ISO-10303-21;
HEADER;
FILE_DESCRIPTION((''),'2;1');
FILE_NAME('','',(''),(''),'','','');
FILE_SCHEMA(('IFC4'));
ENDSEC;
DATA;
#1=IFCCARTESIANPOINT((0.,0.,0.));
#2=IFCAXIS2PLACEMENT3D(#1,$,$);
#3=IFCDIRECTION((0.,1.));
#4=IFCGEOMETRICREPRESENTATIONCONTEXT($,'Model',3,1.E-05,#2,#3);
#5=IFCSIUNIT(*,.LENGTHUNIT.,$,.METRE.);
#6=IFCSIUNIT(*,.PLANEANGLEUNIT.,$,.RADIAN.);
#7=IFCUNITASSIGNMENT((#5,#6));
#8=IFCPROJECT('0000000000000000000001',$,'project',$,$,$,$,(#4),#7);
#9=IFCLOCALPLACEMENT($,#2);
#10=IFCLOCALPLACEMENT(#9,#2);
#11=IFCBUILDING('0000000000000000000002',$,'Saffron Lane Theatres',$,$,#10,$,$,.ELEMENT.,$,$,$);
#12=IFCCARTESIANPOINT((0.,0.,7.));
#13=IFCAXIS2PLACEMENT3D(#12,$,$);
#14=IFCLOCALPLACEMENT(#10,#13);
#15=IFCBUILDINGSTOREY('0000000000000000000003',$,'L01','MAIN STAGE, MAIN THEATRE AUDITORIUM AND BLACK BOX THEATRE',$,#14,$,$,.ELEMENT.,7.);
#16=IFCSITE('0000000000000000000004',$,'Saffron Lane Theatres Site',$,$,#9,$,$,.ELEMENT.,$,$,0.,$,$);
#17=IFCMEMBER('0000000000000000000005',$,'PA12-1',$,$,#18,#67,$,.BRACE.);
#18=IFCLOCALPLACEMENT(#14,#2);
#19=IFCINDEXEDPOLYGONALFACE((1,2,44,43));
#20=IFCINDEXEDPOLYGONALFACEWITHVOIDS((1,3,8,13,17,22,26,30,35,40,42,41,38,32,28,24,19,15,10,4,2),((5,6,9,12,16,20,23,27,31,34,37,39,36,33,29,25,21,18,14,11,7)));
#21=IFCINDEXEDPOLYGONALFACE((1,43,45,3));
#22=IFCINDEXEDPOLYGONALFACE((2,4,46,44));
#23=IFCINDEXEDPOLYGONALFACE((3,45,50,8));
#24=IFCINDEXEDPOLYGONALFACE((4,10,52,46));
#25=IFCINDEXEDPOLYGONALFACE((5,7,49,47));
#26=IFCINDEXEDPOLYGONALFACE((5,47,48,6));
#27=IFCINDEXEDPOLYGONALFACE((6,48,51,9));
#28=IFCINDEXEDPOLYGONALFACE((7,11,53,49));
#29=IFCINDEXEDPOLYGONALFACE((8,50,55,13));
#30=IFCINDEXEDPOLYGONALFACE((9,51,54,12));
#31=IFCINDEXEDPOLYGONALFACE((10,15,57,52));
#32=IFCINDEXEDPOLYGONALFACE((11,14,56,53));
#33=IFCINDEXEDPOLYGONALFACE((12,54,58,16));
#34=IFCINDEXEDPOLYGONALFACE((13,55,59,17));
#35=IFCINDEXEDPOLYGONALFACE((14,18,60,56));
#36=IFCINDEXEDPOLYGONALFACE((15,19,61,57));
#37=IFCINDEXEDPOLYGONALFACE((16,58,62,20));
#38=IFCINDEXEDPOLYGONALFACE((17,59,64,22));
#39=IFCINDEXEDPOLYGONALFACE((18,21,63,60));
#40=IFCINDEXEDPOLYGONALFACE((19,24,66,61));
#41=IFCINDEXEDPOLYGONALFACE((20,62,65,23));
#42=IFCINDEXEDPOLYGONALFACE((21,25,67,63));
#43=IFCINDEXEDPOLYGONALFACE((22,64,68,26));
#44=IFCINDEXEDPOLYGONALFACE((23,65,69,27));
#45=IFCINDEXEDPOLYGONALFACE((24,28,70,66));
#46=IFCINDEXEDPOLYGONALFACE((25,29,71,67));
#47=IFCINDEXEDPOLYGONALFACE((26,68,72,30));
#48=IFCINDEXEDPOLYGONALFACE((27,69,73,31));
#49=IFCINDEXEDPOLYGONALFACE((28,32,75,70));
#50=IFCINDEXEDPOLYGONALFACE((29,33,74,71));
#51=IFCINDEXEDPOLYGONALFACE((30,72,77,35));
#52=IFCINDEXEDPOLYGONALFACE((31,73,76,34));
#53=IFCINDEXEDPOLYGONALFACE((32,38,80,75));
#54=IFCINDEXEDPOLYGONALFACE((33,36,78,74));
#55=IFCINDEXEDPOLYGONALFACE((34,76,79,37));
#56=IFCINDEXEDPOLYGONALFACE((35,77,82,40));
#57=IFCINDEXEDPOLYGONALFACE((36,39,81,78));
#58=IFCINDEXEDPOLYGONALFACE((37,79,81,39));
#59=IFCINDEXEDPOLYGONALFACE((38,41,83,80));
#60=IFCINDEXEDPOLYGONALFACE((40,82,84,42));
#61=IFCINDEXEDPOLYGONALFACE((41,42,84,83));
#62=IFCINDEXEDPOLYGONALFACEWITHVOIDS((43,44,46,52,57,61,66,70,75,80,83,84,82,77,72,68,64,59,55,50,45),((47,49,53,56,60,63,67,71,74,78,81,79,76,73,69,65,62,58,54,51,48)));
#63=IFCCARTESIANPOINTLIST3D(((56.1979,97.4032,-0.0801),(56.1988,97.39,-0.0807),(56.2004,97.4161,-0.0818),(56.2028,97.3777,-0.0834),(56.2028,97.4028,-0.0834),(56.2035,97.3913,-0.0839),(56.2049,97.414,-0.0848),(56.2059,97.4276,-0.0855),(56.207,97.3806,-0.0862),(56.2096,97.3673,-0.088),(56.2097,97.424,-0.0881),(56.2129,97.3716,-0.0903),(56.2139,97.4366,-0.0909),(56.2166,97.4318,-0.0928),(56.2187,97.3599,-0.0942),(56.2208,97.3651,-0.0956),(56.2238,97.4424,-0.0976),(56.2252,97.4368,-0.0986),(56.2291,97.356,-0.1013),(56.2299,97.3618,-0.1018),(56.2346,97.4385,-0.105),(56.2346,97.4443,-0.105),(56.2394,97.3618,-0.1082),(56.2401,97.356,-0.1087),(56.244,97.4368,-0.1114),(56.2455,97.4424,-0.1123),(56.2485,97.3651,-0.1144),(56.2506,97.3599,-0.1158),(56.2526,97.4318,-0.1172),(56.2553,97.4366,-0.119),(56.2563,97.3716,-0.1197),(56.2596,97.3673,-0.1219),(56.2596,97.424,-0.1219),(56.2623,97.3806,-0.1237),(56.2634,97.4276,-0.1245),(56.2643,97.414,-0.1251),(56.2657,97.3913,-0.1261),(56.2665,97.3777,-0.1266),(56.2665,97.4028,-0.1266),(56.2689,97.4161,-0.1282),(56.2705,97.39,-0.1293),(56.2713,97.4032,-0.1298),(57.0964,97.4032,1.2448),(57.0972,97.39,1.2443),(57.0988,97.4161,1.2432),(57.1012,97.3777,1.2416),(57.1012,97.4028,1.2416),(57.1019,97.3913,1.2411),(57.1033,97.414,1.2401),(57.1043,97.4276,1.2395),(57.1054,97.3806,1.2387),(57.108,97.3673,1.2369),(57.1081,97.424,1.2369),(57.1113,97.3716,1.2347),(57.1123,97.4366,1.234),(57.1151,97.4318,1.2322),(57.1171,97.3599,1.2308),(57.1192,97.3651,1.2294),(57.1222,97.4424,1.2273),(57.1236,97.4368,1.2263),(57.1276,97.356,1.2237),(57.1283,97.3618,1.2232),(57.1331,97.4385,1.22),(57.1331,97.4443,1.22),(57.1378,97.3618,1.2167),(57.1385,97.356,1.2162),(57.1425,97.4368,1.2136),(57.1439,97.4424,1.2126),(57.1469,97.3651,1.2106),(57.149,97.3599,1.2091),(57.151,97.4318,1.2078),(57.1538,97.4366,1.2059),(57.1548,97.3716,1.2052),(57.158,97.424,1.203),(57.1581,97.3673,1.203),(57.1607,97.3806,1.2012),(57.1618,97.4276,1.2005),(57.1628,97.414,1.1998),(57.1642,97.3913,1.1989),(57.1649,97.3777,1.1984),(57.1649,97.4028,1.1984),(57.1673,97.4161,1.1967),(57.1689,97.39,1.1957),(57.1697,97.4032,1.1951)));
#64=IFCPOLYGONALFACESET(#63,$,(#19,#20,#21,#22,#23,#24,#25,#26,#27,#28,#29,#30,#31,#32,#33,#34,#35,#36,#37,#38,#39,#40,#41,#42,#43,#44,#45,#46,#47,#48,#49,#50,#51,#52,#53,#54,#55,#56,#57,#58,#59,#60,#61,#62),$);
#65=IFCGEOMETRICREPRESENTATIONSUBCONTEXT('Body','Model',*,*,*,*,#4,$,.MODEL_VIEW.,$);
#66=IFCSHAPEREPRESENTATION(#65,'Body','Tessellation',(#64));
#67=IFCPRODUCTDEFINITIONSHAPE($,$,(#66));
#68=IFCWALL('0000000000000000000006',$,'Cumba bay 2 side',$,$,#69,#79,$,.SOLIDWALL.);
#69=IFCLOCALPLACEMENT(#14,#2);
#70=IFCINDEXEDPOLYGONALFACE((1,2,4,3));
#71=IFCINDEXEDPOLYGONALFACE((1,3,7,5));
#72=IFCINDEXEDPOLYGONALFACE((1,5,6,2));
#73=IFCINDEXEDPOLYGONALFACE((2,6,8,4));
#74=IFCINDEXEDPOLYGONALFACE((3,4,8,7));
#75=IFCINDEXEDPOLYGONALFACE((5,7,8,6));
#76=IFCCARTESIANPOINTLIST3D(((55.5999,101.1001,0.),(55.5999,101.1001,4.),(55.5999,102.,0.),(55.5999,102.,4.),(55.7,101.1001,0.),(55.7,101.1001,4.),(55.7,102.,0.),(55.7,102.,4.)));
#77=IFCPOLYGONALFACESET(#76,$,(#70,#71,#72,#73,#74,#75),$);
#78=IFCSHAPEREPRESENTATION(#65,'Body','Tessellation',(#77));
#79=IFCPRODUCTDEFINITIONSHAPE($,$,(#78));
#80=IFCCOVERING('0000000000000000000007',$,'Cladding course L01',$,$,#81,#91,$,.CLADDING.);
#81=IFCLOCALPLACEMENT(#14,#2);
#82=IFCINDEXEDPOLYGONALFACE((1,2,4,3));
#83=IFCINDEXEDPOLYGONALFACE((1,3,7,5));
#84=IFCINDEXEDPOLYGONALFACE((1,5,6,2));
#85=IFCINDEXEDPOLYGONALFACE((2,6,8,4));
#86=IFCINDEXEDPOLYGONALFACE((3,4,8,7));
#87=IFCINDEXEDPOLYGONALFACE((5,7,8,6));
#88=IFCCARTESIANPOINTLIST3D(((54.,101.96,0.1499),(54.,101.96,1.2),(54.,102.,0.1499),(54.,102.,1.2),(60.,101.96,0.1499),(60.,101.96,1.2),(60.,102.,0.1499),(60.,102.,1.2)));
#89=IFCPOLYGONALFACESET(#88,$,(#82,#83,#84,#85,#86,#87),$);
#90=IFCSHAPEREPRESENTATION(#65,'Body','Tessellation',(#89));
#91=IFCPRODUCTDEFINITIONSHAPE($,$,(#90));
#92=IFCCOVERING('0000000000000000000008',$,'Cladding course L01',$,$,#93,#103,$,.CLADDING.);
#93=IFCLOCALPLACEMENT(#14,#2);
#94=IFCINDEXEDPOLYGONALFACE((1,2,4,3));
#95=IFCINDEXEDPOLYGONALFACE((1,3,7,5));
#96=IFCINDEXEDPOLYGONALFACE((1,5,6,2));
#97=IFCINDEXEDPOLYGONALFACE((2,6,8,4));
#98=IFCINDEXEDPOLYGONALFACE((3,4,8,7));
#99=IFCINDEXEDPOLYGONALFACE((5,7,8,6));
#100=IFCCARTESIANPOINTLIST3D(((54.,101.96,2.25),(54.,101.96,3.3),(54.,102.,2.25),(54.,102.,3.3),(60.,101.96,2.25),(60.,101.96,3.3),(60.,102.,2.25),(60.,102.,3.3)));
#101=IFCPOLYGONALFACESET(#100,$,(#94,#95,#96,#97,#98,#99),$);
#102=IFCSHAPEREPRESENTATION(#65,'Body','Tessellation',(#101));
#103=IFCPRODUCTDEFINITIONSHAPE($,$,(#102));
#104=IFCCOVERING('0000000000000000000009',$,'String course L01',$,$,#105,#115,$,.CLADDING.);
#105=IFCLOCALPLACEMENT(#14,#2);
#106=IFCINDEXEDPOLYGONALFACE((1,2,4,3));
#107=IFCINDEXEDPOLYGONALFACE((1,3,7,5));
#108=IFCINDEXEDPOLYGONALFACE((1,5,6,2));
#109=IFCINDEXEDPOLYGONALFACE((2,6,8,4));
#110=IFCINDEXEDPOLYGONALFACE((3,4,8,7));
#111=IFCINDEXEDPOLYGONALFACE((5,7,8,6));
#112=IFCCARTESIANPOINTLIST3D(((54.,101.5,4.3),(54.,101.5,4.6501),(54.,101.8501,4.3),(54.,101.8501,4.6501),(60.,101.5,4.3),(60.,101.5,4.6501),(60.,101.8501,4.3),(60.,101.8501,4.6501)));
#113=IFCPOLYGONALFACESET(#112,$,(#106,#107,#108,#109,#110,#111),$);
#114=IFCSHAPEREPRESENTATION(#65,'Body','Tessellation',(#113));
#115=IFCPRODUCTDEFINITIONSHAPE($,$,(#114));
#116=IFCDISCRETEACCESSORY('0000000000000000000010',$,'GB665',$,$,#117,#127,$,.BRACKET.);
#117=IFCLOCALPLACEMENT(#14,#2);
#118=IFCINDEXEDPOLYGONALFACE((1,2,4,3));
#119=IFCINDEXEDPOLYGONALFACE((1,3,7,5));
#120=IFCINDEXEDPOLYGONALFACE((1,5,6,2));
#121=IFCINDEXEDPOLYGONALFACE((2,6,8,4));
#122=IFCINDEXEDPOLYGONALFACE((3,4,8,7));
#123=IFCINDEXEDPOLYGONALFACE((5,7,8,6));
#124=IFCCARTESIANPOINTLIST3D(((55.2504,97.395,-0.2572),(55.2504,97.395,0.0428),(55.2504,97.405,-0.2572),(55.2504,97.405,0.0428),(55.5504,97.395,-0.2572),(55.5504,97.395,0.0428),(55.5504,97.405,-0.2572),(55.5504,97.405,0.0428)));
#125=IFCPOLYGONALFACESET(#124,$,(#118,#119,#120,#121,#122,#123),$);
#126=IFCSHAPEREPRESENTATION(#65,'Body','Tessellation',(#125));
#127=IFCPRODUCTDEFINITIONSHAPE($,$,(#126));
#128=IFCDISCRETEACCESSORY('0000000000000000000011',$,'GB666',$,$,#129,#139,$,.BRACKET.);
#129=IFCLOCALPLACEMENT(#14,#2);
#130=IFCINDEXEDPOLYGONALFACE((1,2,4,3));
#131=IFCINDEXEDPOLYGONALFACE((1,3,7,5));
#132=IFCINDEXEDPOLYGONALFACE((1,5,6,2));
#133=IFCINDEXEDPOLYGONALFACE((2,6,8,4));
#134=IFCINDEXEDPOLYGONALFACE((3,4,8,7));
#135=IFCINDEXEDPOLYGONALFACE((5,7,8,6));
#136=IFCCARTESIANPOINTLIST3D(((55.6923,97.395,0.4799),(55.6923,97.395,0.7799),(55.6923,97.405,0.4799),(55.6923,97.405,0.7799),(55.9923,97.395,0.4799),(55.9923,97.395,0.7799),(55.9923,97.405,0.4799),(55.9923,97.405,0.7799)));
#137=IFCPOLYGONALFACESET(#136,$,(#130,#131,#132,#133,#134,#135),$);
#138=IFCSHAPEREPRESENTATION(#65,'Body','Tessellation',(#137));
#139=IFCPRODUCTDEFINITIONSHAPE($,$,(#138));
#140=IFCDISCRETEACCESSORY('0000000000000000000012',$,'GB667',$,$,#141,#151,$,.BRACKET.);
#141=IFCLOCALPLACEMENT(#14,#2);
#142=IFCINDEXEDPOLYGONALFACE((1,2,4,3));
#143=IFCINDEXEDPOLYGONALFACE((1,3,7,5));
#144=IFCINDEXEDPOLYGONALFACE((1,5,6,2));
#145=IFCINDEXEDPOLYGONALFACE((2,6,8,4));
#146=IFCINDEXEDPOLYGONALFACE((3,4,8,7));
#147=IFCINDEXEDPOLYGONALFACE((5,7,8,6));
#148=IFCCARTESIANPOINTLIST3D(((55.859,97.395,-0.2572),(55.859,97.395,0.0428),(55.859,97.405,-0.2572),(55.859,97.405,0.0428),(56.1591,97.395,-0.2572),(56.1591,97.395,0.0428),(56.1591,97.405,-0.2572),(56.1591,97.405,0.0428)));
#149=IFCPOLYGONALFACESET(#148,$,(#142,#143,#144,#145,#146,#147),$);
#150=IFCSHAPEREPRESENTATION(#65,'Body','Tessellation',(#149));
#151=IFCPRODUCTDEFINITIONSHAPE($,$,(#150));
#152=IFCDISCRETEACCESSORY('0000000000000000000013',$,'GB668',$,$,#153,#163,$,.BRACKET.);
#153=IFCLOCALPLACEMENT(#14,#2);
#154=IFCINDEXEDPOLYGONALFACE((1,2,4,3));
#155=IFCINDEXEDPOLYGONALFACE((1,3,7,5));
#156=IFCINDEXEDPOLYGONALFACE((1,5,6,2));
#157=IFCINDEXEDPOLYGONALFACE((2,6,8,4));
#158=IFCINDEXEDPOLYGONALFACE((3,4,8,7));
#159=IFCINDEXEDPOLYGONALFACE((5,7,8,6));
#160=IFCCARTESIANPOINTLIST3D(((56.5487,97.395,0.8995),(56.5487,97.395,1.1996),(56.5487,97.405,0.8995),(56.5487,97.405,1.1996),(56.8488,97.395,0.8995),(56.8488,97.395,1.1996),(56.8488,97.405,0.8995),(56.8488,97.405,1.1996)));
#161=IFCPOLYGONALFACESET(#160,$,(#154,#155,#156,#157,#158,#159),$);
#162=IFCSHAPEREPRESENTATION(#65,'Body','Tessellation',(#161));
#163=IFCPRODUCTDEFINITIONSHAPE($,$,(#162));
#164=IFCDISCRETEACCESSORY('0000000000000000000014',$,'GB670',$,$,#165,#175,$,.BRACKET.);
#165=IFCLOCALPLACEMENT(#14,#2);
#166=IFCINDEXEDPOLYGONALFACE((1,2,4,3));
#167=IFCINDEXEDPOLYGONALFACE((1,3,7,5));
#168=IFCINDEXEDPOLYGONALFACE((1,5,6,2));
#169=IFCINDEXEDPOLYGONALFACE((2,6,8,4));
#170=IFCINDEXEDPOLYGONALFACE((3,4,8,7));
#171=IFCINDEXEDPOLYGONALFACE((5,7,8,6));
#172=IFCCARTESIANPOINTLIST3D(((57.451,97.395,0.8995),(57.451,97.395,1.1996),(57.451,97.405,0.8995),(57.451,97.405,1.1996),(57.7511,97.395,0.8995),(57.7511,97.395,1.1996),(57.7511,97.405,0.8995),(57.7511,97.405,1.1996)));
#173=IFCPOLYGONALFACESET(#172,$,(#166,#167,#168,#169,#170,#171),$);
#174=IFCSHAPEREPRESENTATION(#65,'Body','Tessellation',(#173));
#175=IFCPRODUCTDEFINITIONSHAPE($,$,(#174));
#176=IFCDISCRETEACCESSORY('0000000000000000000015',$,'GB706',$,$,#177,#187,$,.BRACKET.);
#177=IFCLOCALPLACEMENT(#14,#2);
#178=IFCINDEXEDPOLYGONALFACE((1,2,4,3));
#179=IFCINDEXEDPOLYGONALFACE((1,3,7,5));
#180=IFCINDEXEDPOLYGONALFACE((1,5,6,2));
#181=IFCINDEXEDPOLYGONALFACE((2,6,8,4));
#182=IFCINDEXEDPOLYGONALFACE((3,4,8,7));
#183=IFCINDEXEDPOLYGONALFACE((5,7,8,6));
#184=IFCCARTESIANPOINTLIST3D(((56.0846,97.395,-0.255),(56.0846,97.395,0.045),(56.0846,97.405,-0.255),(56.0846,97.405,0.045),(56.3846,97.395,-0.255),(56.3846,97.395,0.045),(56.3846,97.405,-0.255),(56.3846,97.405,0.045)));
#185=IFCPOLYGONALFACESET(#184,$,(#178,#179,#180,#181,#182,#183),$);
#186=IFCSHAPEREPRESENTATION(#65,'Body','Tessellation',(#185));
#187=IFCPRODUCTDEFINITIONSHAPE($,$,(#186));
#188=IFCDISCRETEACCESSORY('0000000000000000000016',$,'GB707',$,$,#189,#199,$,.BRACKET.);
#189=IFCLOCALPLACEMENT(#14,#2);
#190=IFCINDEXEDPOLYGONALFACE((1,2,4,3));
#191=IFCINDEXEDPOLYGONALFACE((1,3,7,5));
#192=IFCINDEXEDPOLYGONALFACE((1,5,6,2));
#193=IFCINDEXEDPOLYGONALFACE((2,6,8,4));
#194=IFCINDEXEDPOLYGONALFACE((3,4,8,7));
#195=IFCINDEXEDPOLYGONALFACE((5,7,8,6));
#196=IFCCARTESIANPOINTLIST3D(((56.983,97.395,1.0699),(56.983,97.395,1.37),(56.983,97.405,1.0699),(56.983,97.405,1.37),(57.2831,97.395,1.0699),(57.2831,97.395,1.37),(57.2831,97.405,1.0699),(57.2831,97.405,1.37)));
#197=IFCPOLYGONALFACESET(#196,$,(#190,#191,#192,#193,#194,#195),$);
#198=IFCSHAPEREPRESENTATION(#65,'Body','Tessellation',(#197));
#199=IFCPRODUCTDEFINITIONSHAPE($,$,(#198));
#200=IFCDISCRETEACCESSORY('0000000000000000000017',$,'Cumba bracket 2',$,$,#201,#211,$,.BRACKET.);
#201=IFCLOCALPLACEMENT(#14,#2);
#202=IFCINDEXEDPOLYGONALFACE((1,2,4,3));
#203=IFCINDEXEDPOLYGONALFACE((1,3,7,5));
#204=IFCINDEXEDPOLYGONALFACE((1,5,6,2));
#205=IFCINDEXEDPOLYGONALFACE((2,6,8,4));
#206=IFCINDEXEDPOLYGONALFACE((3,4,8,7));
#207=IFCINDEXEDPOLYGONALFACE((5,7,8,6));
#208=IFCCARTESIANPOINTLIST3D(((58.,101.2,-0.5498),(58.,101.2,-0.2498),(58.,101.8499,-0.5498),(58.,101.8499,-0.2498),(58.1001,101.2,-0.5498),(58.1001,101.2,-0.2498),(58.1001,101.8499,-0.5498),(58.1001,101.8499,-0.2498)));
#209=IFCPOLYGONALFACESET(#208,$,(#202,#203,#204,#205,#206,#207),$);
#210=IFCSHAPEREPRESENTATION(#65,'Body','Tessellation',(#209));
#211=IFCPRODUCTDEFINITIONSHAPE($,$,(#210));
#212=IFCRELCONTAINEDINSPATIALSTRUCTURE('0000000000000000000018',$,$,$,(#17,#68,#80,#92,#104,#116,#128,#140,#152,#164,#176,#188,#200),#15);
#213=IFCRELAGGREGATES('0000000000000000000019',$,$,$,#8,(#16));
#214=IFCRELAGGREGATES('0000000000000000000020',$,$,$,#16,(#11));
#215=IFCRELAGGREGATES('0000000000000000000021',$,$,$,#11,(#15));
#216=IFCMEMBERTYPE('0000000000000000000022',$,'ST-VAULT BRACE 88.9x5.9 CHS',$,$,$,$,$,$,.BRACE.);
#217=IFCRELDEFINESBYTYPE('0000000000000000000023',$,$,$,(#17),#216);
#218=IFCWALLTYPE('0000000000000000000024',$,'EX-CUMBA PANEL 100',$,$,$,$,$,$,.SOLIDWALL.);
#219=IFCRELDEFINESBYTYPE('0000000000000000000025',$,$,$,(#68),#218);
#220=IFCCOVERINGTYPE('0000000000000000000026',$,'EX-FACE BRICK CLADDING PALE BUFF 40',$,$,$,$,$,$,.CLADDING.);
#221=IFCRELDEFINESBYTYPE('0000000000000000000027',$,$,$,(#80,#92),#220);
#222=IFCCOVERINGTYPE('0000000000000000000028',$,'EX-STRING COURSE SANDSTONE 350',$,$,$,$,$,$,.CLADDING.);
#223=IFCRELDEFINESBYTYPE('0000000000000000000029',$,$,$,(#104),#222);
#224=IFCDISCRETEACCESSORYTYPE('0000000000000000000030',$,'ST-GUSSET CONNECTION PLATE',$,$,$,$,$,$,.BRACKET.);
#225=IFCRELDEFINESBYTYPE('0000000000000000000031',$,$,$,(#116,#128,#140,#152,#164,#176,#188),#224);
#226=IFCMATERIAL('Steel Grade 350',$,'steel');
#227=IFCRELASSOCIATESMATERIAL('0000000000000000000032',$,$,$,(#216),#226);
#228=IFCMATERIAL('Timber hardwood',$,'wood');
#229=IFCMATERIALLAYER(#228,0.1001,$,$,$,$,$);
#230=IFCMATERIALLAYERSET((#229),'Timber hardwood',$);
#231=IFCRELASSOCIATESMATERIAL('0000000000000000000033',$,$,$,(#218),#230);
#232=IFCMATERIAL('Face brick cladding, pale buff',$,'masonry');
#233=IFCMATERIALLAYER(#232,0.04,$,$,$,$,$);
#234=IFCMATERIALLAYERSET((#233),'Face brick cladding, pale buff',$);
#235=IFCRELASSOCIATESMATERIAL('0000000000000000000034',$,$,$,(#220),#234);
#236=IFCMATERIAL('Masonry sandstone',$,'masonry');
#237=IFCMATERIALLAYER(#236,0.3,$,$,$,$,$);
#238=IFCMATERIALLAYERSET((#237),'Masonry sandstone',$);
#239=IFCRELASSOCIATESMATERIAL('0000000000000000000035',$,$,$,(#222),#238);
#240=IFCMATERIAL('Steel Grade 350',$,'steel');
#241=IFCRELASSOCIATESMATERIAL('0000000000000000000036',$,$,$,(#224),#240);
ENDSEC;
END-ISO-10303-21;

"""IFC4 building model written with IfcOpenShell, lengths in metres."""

from ifc_helpers import new_model, si_unit, direction, frame, frame_2d, origin, origin_2d, place, context, subcontext, project, spatial, rectangle, hollow_circle, extrude, material, layer, layer_set, material_profile, profile_set, type_object, element, save


model = new_model("IFC4")

# Units and contexts
model_context = context("Model", 3, precision=1e-05, world=origin(), true_north=direction((0.0, 1.0)))
body_context = subcontext(model_context, "Body", "Model", "MODEL_VIEW")
ifc_project = project(units=[si_unit("LENGTHUNIT", "METRE"), si_unit("PLANEANGLEUNIT", "RADIAN")], contexts=[model_context])

# Site, building, storey
site_placement = place(None, origin())
site = spatial("IfcSite", under=ifc_project, at=site_placement, Name="Saffron Lane Theatres Site", CompositionType="ELEMENT", RefElevation=0.0)
building_placement = place(site_placement, origin())
building = spatial("IfcBuilding", under=site, at=building_placement, Name="Saffron Lane Theatres", CompositionType="ELEMENT")
storey_placement = place(building_placement, frame((0.0, 0.0, 7.0)))
storey = spatial("IfcBuildingStorey", under=building, at=storey_placement, Name="L01", Description="MAIN STAGE, MAIN THEATRE AUDITORIUM AND BLACK BOX THEATRE", CompositionType="ELEMENT", Elevation=7.0)

# Member
ifc_material_1 = material(Name="Steel Grade 350", Category="steel")
ifc_material_profile_1 = material_profile(ifc_material_1, hollow_circle(Radius=0.0444, WallThickness=0.0059, at=origin_2d()))
ifc_profile_set_1 = profile_set([ifc_material_profile_1], Name="Steel Grade 350")
member_type = type_object("IfcMemberType", Name="ST-VAULT BRACE 88.9x5.9 CHS", PredefinedType="BRACE", material=ifc_profile_set_1)
member_1_placement = place(storey_placement, frame((56.2346, 97.3999, -0.105), z_axis=(0.561229, 0.0, 0.82766), x_axis=(0.0, 1.0, 0.0)))
element("IfcMember", 1, at=member_1_placement, inside=storey, type_object=member_type, Name="PA12-1", PredefinedType="BRACE", context=body_context, shape_type="SweptSolid", body=[
    extrude(hollow_circle(Radius=0.0444, WallThickness=0.0059, at=origin_2d()), origin(), (0.0, 0.0, 1.0), 1.6008),
])

# Wall
ifc_material_2 = material(Name="Timber hardwood", Category="wood")
ifc_layer_1 = layer(ifc_material_2, 0.1001)
ifc_layer_set_1 = layer_set([ifc_layer_1], Name="Timber hardwood")
wall_type = type_object("IfcWallType", Name="EX-CUMBA PANEL 100", PredefinedType="SOLIDWALL", material=ifc_layer_set_1)
wall_placement = place(storey_placement, frame((55.6499, 102.0, 0.0), z_axis=(0.0, 0.0, 1.0), x_axis=(0.0, -1.0, 0.0)))
element("IfcWall", 2, at=wall_placement, inside=storey, type_object=wall_type, Name="Cumba bay 2 side", PredefinedType="SOLIDWALL", context=body_context, shape_type="SweptSolid", body=[
    extrude(rectangle(XDim=0.8999, YDim=0.1001, at=frame_2d((0.45, 0.0))), origin(), (0.0, 0.0, 1.0), 4.0),
])

# Coverings
ifc_material_3 = material(Name="Face brick cladding, pale buff", Category="masonry")
ifc_layer_2 = layer(ifc_material_3, 0.04)
ifc_layer_set_2 = layer_set([ifc_layer_2], Name="Face brick cladding, pale buff")
covering_type_1 = type_object("IfcCoveringType", Name="EX-FACE BRICK CLADDING PALE BUFF 40", PredefinedType="CLADDING", material=ifc_layer_set_2)
for number, where, z_axis, x_axis, name in (
    (3, (57.0, 101.98, 0.1499), (0.0, 0.0, 1.0), (-1.0, 0.0, 0.0), "Cladding course L01"),
    (4, (57.0, 101.98, 2.25), (0.0, 0.0, 1.0), (-1.0, 0.0, 0.0), "Cladding course L01"),
):
    element("IfcCovering", number, at=place(storey_placement, frame(where, z_axis=z_axis, x_axis=x_axis)), inside=storey, type_object=covering_type_1, Name=name, PredefinedType="CLADDING", context=body_context, shape_type="SweptSolid", body=[
        extrude(rectangle(XDim=6.0, YDim=0.04, at=origin_2d()), origin(), (0.0, 0.0, 1.0), 1.05),
    ])
ifc_material_4 = material(Name="Masonry sandstone", Category="masonry")
ifc_layer_3 = layer(ifc_material_4, 0.3)
ifc_layer_set_3 = layer_set([ifc_layer_3], Name="Masonry sandstone")
covering_type_2 = type_object("IfcCoveringType", Name="EX-STRING COURSE SANDSTONE 350", PredefinedType="CLADDING", material=ifc_layer_set_3)
covering_placement = place(storey_placement, frame((57.0, 101.675, 4.3), z_axis=(0.0, 0.0, 1.0), x_axis=(-1.0, 0.0, 0.0)))
element("IfcCovering", 5, at=covering_placement, inside=storey, type_object=covering_type_2, Name="String course L01", PredefinedType="CLADDING", context=body_context, shape_type="SweptSolid", body=[
    extrude(rectangle(XDim=6.0, YDim=0.3501, at=origin_2d()), origin(), (0.0, 0.0, 1.0), 0.3501),
])

# Discrete accessories
ifc_material_5 = material(Name="Steel Grade 350", Category="steel")
ifc_material_profile_2 = material_profile(ifc_material_5, rectangle(XDim=0.3, YDim=0.3, at=origin_2d()))
ifc_profile_set_2 = profile_set([ifc_material_profile_2], Name="Steel Grade 350")
discrete_accessory_type = type_object("IfcDiscreteAccessoryType", Name="ST-GUSSET CONNECTION PLATE", PredefinedType="BRACKET", material=ifc_profile_set_2)
for number, where, z_axis, x_axis, name in (
    (6, (55.4004, 97.395, -0.1072), (0.0, 1.0, 0.0), (-1.0, 0.0, 0.0), "GB665"),
    (7, (55.8423, 97.395, 0.6299), (0.0, 1.0, 0.0), (-1.0, 0.0, 0.0), "GB666"),
    (8, (56.009, 97.395, -0.1072), (0.0, 1.0, 0.0), (-1.0, 0.0, 0.0), "GB667"),
    (9, (56.6987, 97.395, 1.0496), (0.0, 1.0, 0.0), (-1.0, 0.0, 0.0), "GB668"),
    (10, (57.6011, 97.395, 1.0496), (0.0, 1.0, 0.0), (-1.0, 0.0, 0.0), "GB670"),
    (11, (56.2346, 97.395, -0.105), (0.0, 1.0, 0.0), (-1.0, 0.0, 0.0), "GB706"),
    (12, (57.1331, 97.395, 1.22), (0.0, 1.0, 0.0), (-1.0, 0.0, 0.0), "GB707"),
):
    element("IfcDiscreteAccessory", number, at=place(storey_placement, frame(where, z_axis=z_axis, x_axis=x_axis)), inside=storey, type_object=discrete_accessory_type, Name=name, PredefinedType="BRACKET", context=body_context, shape_type="SweptSolid", body=[
        extrude(rectangle(XDim=0.3, YDim=0.3, at=origin_2d()), origin(), (0.0, 0.0, 1.0), 0.01),
    ])
for number, where, z_axis, x_axis, name in (
    (13, (58.05, 101.5249, -0.5498), (0.0, 0.0, 1.0), (-1.0, 0.0, 0.0), "Cumba bracket 2"),
):
    element("IfcDiscreteAccessory", number, at=place(storey_placement, frame(where, z_axis=z_axis, x_axis=x_axis)), inside=storey, Name=name, PredefinedType="BRACKET", context=body_context, shape_type="SweptSolid", body=[
        extrude(rectangle(XDim=0.1001, YDim=0.6499, at=origin_2d()), origin(), (0.0, 0.0, 1.0), 0.3),
    ])

save(model, "model.ifc")
